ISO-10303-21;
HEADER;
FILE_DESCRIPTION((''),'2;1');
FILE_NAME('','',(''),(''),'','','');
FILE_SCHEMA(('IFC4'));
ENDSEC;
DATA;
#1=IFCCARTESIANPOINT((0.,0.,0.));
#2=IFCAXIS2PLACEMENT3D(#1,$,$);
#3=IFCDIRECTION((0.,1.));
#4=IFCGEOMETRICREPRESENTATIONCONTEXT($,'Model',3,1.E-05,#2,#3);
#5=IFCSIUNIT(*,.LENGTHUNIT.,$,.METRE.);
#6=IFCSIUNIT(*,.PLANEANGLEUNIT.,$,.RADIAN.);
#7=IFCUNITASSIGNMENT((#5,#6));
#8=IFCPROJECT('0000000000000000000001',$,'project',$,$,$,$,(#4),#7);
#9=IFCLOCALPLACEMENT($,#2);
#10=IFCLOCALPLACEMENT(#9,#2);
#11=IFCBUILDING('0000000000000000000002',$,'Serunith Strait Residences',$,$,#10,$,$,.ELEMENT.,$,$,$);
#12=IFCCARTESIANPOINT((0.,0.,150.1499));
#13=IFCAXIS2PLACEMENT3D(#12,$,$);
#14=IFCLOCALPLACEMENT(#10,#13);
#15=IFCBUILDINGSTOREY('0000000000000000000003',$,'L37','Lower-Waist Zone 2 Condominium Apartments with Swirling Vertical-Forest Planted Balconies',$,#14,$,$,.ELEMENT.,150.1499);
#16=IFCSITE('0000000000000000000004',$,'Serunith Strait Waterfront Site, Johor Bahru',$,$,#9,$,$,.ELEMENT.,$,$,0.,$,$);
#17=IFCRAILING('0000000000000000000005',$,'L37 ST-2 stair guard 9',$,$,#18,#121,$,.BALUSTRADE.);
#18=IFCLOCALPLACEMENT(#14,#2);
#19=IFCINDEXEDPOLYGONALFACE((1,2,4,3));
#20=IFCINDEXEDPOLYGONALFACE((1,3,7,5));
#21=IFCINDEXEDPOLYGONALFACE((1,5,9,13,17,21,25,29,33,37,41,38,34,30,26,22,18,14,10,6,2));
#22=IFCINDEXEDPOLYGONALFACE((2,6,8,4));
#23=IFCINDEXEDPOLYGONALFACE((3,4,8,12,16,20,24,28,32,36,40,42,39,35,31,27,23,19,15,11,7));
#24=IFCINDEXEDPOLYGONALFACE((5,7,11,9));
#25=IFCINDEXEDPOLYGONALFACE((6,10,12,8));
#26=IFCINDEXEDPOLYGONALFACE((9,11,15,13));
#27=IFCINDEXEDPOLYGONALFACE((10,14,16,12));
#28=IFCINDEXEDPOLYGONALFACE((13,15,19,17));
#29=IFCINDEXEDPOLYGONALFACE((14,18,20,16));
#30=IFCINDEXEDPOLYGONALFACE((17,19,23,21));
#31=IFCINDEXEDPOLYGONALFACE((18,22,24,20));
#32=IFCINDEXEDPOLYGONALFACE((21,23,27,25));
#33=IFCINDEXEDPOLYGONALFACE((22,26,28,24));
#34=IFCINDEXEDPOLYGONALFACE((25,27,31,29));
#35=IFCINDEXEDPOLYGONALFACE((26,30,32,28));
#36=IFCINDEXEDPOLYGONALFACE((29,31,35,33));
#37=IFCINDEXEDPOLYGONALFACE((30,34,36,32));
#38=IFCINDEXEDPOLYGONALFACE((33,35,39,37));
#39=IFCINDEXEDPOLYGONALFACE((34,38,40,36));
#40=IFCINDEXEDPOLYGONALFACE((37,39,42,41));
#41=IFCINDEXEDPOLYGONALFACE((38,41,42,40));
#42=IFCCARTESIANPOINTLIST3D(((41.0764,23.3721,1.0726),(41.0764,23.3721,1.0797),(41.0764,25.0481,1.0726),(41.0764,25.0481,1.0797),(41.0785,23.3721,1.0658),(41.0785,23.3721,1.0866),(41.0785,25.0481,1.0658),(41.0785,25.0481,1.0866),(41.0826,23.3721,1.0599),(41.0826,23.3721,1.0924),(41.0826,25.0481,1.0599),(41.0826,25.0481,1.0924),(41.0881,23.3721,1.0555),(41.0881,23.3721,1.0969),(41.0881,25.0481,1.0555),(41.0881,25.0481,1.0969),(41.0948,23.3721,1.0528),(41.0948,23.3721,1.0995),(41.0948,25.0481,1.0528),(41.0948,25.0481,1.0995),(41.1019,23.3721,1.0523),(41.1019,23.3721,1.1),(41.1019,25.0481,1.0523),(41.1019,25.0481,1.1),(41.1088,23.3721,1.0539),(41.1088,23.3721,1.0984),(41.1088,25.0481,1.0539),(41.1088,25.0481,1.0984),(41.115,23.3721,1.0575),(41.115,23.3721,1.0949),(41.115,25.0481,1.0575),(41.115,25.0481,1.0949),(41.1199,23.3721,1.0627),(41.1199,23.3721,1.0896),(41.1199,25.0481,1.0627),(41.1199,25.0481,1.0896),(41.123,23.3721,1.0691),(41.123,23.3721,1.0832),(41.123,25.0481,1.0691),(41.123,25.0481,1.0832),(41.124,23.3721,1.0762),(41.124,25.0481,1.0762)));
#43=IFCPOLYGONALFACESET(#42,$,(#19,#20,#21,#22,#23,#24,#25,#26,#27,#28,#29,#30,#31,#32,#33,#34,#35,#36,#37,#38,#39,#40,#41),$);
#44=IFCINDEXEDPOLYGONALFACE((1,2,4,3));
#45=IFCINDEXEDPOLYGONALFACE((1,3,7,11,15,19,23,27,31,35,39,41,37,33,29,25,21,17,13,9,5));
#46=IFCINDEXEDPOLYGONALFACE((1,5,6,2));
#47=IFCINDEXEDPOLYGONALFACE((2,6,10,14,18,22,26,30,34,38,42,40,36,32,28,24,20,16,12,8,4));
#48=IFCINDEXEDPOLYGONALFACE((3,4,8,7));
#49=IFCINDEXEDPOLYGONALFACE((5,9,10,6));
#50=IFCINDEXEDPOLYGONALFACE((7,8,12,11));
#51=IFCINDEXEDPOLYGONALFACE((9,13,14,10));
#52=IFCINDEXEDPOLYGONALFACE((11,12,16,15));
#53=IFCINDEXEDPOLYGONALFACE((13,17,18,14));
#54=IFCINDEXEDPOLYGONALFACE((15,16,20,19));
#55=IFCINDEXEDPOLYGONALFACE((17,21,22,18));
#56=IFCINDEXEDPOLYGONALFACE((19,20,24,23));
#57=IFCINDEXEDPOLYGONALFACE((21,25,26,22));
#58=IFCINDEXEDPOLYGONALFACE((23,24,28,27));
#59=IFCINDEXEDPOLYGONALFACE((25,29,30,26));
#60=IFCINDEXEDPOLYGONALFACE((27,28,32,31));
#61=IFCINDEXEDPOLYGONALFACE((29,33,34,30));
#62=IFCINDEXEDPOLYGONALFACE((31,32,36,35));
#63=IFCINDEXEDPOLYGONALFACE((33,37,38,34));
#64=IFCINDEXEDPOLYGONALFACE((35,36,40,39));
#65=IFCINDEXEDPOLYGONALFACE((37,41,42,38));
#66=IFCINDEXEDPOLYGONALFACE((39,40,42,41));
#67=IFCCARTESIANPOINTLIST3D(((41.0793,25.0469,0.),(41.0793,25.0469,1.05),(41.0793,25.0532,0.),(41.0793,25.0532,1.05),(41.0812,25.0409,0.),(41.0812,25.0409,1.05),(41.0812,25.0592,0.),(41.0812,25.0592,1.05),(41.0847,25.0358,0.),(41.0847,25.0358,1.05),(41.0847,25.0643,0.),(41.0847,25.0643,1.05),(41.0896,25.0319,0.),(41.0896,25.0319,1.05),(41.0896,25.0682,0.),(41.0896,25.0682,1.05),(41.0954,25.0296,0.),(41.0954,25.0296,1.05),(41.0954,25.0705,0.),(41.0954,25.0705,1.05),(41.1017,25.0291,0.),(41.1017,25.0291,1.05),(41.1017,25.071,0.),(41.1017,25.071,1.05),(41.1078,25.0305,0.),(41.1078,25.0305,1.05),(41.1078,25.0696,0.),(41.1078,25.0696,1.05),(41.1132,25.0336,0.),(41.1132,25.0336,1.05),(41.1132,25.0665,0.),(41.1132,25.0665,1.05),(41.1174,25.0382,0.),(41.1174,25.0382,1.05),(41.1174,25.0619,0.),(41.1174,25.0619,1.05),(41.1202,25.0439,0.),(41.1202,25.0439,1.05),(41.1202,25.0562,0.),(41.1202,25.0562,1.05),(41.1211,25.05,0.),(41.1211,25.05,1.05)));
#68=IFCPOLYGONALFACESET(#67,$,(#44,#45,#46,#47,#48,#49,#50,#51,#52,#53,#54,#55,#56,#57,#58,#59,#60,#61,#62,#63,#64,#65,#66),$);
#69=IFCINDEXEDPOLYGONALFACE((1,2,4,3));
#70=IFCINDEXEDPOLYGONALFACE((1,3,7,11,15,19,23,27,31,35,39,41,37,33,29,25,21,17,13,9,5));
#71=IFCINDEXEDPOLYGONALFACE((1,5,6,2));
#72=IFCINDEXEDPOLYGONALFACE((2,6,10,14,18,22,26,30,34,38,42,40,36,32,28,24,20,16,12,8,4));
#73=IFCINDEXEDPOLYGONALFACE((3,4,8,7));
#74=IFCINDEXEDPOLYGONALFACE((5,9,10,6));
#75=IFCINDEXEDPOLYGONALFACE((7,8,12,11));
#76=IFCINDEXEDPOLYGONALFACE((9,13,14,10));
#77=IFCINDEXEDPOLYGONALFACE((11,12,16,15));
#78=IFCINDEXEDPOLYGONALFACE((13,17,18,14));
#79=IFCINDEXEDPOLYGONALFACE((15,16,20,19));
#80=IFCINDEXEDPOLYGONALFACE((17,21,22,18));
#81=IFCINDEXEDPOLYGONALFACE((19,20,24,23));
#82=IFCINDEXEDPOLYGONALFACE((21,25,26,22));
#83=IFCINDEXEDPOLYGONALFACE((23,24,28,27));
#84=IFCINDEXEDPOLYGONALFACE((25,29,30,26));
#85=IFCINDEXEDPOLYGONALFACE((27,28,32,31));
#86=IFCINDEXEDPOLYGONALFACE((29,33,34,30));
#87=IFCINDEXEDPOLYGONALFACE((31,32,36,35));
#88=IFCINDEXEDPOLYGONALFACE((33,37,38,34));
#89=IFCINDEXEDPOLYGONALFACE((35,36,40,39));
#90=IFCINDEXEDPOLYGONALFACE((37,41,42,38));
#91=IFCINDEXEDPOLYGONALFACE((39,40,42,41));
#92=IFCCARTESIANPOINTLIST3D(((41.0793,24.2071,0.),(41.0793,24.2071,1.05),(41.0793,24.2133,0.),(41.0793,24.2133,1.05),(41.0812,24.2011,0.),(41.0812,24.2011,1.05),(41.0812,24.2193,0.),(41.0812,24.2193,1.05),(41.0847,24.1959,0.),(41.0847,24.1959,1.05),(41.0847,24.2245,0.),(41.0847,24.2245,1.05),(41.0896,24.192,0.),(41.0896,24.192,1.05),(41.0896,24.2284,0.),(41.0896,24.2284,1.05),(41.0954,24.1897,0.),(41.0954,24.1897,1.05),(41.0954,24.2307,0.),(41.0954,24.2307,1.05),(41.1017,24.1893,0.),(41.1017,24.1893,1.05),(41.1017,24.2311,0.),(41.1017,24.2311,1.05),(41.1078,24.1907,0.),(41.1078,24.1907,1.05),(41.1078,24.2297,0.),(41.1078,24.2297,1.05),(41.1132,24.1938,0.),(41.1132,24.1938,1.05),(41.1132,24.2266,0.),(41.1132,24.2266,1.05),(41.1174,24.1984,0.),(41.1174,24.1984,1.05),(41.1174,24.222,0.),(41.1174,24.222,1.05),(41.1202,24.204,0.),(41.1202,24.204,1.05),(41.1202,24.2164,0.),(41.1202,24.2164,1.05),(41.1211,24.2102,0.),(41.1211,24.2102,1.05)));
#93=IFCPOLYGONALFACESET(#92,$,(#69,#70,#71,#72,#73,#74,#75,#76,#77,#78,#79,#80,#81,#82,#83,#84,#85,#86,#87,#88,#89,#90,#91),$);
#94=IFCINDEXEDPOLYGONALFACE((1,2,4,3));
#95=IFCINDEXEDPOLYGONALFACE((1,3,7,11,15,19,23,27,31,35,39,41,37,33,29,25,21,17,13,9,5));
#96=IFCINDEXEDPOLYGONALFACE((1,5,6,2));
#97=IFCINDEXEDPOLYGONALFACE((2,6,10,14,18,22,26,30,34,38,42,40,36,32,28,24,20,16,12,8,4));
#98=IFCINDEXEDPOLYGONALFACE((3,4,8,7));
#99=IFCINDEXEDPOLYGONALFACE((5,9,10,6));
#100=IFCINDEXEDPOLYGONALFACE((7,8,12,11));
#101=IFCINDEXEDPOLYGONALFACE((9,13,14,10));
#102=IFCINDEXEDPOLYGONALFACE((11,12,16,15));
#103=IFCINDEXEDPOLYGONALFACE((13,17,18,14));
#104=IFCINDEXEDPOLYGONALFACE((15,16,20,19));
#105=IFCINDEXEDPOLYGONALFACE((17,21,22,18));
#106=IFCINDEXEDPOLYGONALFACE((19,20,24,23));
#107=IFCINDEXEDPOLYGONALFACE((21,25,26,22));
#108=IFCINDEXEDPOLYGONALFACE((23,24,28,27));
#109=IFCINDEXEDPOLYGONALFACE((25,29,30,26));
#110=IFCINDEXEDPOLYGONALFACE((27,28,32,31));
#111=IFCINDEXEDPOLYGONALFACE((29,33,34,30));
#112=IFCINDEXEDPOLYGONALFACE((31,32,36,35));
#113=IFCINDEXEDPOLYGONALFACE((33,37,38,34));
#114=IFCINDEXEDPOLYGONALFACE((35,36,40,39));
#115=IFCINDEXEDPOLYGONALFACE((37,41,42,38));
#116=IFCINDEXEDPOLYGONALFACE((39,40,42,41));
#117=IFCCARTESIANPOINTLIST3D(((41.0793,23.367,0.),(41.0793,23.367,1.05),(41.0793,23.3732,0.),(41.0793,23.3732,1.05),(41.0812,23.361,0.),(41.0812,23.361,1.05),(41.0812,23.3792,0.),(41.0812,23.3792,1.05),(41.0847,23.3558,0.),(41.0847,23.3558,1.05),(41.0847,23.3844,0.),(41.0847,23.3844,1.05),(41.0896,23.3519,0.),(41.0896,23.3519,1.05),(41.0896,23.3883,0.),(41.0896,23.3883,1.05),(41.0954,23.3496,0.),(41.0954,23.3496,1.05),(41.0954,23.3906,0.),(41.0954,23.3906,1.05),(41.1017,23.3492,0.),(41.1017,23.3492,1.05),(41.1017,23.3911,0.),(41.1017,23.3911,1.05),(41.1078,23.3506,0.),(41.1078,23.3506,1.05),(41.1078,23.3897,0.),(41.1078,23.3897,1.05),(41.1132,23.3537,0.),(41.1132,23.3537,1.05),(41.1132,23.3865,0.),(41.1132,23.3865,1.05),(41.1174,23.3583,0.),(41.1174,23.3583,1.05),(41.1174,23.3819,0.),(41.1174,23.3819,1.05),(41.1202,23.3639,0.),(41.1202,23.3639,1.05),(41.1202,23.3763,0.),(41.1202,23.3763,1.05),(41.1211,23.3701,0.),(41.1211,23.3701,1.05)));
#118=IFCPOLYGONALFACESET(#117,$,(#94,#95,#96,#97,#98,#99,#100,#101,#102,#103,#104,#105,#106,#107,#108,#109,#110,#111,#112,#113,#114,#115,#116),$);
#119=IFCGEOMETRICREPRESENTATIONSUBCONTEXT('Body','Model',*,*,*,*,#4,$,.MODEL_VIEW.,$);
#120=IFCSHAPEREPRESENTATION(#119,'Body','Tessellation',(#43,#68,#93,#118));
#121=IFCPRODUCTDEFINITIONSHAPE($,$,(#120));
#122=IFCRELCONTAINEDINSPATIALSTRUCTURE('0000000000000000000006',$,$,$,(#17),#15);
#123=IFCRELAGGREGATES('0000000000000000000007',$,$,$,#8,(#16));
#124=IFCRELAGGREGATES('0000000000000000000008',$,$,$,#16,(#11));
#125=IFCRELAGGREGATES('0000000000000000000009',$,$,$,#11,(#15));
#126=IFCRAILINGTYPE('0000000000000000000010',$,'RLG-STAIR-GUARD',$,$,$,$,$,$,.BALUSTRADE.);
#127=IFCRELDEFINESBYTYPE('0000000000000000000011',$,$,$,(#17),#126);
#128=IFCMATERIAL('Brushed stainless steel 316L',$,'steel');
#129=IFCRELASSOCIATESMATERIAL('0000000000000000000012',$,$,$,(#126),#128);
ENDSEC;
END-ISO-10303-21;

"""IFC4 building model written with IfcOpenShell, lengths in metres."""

from ifc_helpers import new_model, si_unit, direction, frame, origin, origin_2d, place, context, subcontext, project, spatial, circle, extrude, material, type_object, element, save


model = new_model("IFC4")

# Units and contexts
model_context = context("Model", 3, precision=1e-05, world=origin(), true_north=direction((0.0, 1.0)))
body_context = subcontext(model_context, "Body", "Model", "MODEL_VIEW")
ifc_project = project(units=[si_unit("LENGTHUNIT", "METRE"), si_unit("PLANEANGLEUNIT", "RADIAN")], contexts=[model_context])

# Site, building, storey
site_placement = place(None, origin())
site = spatial("IfcSite", under=ifc_project, at=site_placement, Name="Serunith Strait Waterfront Site, Johor Bahru", CompositionType="ELEMENT", RefElevation=0.0)
building_placement = place(site_placement, origin())
building = spatial("IfcBuilding", under=site, at=building_placement, Name="Serunith Strait Residences", CompositionType="ELEMENT")
storey_placement = place(building_placement, frame((0.0, 0.0, 150.1499)))
storey = spatial("IfcBuildingStorey", under=building, at=storey_placement, Name="L37", Description="Lower-Waist Zone 2 Condominium Apartments with Swirling Vertical-Forest Planted Balconies", CompositionType="ELEMENT", Elevation=150.1499)

# Railing
ifc_material_1 = material(Name="Brushed stainless steel 316L", Category="steel")
railing_type = type_object("IfcRailingType", Name="RLG-STAIR-GUARD", PredefinedType="BALUSTRADE", material=ifc_material_1)
for number, where, name in (
    (1, (41.1001, 25.05, 0.0), "L37 ST-2 stair guard 9"),
):
    element("IfcRailing", number, at=place(storey_placement, frame(where)), inside=storey, type_object=railing_type, Name=name, PredefinedType="BALUSTRADE", context=body_context, shape_type="SweptSolid", body=[
        extrude(circle(Radius=0.0239, at=origin_2d()), frame((0.0, -0.002, 1.0762), z_axis=(0.0, -1.0, 0.0), x_axis=(1.0, 0.0, 0.0)), (0.0, 0.0, 1.0), 1.676),
        extrude(circle(Radius=0.021, at=origin_2d()), origin(), (0.0, 0.0, 1.0), 1.05),
        extrude(circle(Radius=0.021, at=origin_2d()), frame((0.0, -0.8398, 0.0)), (0.0, 0.0, 1.0), 1.05),
        extrude(circle(Radius=0.021, at=origin_2d()), frame((0.0, -1.6799, 0.0)), (0.0, 0.0, 1.0), 1.05),
    ])

save(model, "model.ifc")
